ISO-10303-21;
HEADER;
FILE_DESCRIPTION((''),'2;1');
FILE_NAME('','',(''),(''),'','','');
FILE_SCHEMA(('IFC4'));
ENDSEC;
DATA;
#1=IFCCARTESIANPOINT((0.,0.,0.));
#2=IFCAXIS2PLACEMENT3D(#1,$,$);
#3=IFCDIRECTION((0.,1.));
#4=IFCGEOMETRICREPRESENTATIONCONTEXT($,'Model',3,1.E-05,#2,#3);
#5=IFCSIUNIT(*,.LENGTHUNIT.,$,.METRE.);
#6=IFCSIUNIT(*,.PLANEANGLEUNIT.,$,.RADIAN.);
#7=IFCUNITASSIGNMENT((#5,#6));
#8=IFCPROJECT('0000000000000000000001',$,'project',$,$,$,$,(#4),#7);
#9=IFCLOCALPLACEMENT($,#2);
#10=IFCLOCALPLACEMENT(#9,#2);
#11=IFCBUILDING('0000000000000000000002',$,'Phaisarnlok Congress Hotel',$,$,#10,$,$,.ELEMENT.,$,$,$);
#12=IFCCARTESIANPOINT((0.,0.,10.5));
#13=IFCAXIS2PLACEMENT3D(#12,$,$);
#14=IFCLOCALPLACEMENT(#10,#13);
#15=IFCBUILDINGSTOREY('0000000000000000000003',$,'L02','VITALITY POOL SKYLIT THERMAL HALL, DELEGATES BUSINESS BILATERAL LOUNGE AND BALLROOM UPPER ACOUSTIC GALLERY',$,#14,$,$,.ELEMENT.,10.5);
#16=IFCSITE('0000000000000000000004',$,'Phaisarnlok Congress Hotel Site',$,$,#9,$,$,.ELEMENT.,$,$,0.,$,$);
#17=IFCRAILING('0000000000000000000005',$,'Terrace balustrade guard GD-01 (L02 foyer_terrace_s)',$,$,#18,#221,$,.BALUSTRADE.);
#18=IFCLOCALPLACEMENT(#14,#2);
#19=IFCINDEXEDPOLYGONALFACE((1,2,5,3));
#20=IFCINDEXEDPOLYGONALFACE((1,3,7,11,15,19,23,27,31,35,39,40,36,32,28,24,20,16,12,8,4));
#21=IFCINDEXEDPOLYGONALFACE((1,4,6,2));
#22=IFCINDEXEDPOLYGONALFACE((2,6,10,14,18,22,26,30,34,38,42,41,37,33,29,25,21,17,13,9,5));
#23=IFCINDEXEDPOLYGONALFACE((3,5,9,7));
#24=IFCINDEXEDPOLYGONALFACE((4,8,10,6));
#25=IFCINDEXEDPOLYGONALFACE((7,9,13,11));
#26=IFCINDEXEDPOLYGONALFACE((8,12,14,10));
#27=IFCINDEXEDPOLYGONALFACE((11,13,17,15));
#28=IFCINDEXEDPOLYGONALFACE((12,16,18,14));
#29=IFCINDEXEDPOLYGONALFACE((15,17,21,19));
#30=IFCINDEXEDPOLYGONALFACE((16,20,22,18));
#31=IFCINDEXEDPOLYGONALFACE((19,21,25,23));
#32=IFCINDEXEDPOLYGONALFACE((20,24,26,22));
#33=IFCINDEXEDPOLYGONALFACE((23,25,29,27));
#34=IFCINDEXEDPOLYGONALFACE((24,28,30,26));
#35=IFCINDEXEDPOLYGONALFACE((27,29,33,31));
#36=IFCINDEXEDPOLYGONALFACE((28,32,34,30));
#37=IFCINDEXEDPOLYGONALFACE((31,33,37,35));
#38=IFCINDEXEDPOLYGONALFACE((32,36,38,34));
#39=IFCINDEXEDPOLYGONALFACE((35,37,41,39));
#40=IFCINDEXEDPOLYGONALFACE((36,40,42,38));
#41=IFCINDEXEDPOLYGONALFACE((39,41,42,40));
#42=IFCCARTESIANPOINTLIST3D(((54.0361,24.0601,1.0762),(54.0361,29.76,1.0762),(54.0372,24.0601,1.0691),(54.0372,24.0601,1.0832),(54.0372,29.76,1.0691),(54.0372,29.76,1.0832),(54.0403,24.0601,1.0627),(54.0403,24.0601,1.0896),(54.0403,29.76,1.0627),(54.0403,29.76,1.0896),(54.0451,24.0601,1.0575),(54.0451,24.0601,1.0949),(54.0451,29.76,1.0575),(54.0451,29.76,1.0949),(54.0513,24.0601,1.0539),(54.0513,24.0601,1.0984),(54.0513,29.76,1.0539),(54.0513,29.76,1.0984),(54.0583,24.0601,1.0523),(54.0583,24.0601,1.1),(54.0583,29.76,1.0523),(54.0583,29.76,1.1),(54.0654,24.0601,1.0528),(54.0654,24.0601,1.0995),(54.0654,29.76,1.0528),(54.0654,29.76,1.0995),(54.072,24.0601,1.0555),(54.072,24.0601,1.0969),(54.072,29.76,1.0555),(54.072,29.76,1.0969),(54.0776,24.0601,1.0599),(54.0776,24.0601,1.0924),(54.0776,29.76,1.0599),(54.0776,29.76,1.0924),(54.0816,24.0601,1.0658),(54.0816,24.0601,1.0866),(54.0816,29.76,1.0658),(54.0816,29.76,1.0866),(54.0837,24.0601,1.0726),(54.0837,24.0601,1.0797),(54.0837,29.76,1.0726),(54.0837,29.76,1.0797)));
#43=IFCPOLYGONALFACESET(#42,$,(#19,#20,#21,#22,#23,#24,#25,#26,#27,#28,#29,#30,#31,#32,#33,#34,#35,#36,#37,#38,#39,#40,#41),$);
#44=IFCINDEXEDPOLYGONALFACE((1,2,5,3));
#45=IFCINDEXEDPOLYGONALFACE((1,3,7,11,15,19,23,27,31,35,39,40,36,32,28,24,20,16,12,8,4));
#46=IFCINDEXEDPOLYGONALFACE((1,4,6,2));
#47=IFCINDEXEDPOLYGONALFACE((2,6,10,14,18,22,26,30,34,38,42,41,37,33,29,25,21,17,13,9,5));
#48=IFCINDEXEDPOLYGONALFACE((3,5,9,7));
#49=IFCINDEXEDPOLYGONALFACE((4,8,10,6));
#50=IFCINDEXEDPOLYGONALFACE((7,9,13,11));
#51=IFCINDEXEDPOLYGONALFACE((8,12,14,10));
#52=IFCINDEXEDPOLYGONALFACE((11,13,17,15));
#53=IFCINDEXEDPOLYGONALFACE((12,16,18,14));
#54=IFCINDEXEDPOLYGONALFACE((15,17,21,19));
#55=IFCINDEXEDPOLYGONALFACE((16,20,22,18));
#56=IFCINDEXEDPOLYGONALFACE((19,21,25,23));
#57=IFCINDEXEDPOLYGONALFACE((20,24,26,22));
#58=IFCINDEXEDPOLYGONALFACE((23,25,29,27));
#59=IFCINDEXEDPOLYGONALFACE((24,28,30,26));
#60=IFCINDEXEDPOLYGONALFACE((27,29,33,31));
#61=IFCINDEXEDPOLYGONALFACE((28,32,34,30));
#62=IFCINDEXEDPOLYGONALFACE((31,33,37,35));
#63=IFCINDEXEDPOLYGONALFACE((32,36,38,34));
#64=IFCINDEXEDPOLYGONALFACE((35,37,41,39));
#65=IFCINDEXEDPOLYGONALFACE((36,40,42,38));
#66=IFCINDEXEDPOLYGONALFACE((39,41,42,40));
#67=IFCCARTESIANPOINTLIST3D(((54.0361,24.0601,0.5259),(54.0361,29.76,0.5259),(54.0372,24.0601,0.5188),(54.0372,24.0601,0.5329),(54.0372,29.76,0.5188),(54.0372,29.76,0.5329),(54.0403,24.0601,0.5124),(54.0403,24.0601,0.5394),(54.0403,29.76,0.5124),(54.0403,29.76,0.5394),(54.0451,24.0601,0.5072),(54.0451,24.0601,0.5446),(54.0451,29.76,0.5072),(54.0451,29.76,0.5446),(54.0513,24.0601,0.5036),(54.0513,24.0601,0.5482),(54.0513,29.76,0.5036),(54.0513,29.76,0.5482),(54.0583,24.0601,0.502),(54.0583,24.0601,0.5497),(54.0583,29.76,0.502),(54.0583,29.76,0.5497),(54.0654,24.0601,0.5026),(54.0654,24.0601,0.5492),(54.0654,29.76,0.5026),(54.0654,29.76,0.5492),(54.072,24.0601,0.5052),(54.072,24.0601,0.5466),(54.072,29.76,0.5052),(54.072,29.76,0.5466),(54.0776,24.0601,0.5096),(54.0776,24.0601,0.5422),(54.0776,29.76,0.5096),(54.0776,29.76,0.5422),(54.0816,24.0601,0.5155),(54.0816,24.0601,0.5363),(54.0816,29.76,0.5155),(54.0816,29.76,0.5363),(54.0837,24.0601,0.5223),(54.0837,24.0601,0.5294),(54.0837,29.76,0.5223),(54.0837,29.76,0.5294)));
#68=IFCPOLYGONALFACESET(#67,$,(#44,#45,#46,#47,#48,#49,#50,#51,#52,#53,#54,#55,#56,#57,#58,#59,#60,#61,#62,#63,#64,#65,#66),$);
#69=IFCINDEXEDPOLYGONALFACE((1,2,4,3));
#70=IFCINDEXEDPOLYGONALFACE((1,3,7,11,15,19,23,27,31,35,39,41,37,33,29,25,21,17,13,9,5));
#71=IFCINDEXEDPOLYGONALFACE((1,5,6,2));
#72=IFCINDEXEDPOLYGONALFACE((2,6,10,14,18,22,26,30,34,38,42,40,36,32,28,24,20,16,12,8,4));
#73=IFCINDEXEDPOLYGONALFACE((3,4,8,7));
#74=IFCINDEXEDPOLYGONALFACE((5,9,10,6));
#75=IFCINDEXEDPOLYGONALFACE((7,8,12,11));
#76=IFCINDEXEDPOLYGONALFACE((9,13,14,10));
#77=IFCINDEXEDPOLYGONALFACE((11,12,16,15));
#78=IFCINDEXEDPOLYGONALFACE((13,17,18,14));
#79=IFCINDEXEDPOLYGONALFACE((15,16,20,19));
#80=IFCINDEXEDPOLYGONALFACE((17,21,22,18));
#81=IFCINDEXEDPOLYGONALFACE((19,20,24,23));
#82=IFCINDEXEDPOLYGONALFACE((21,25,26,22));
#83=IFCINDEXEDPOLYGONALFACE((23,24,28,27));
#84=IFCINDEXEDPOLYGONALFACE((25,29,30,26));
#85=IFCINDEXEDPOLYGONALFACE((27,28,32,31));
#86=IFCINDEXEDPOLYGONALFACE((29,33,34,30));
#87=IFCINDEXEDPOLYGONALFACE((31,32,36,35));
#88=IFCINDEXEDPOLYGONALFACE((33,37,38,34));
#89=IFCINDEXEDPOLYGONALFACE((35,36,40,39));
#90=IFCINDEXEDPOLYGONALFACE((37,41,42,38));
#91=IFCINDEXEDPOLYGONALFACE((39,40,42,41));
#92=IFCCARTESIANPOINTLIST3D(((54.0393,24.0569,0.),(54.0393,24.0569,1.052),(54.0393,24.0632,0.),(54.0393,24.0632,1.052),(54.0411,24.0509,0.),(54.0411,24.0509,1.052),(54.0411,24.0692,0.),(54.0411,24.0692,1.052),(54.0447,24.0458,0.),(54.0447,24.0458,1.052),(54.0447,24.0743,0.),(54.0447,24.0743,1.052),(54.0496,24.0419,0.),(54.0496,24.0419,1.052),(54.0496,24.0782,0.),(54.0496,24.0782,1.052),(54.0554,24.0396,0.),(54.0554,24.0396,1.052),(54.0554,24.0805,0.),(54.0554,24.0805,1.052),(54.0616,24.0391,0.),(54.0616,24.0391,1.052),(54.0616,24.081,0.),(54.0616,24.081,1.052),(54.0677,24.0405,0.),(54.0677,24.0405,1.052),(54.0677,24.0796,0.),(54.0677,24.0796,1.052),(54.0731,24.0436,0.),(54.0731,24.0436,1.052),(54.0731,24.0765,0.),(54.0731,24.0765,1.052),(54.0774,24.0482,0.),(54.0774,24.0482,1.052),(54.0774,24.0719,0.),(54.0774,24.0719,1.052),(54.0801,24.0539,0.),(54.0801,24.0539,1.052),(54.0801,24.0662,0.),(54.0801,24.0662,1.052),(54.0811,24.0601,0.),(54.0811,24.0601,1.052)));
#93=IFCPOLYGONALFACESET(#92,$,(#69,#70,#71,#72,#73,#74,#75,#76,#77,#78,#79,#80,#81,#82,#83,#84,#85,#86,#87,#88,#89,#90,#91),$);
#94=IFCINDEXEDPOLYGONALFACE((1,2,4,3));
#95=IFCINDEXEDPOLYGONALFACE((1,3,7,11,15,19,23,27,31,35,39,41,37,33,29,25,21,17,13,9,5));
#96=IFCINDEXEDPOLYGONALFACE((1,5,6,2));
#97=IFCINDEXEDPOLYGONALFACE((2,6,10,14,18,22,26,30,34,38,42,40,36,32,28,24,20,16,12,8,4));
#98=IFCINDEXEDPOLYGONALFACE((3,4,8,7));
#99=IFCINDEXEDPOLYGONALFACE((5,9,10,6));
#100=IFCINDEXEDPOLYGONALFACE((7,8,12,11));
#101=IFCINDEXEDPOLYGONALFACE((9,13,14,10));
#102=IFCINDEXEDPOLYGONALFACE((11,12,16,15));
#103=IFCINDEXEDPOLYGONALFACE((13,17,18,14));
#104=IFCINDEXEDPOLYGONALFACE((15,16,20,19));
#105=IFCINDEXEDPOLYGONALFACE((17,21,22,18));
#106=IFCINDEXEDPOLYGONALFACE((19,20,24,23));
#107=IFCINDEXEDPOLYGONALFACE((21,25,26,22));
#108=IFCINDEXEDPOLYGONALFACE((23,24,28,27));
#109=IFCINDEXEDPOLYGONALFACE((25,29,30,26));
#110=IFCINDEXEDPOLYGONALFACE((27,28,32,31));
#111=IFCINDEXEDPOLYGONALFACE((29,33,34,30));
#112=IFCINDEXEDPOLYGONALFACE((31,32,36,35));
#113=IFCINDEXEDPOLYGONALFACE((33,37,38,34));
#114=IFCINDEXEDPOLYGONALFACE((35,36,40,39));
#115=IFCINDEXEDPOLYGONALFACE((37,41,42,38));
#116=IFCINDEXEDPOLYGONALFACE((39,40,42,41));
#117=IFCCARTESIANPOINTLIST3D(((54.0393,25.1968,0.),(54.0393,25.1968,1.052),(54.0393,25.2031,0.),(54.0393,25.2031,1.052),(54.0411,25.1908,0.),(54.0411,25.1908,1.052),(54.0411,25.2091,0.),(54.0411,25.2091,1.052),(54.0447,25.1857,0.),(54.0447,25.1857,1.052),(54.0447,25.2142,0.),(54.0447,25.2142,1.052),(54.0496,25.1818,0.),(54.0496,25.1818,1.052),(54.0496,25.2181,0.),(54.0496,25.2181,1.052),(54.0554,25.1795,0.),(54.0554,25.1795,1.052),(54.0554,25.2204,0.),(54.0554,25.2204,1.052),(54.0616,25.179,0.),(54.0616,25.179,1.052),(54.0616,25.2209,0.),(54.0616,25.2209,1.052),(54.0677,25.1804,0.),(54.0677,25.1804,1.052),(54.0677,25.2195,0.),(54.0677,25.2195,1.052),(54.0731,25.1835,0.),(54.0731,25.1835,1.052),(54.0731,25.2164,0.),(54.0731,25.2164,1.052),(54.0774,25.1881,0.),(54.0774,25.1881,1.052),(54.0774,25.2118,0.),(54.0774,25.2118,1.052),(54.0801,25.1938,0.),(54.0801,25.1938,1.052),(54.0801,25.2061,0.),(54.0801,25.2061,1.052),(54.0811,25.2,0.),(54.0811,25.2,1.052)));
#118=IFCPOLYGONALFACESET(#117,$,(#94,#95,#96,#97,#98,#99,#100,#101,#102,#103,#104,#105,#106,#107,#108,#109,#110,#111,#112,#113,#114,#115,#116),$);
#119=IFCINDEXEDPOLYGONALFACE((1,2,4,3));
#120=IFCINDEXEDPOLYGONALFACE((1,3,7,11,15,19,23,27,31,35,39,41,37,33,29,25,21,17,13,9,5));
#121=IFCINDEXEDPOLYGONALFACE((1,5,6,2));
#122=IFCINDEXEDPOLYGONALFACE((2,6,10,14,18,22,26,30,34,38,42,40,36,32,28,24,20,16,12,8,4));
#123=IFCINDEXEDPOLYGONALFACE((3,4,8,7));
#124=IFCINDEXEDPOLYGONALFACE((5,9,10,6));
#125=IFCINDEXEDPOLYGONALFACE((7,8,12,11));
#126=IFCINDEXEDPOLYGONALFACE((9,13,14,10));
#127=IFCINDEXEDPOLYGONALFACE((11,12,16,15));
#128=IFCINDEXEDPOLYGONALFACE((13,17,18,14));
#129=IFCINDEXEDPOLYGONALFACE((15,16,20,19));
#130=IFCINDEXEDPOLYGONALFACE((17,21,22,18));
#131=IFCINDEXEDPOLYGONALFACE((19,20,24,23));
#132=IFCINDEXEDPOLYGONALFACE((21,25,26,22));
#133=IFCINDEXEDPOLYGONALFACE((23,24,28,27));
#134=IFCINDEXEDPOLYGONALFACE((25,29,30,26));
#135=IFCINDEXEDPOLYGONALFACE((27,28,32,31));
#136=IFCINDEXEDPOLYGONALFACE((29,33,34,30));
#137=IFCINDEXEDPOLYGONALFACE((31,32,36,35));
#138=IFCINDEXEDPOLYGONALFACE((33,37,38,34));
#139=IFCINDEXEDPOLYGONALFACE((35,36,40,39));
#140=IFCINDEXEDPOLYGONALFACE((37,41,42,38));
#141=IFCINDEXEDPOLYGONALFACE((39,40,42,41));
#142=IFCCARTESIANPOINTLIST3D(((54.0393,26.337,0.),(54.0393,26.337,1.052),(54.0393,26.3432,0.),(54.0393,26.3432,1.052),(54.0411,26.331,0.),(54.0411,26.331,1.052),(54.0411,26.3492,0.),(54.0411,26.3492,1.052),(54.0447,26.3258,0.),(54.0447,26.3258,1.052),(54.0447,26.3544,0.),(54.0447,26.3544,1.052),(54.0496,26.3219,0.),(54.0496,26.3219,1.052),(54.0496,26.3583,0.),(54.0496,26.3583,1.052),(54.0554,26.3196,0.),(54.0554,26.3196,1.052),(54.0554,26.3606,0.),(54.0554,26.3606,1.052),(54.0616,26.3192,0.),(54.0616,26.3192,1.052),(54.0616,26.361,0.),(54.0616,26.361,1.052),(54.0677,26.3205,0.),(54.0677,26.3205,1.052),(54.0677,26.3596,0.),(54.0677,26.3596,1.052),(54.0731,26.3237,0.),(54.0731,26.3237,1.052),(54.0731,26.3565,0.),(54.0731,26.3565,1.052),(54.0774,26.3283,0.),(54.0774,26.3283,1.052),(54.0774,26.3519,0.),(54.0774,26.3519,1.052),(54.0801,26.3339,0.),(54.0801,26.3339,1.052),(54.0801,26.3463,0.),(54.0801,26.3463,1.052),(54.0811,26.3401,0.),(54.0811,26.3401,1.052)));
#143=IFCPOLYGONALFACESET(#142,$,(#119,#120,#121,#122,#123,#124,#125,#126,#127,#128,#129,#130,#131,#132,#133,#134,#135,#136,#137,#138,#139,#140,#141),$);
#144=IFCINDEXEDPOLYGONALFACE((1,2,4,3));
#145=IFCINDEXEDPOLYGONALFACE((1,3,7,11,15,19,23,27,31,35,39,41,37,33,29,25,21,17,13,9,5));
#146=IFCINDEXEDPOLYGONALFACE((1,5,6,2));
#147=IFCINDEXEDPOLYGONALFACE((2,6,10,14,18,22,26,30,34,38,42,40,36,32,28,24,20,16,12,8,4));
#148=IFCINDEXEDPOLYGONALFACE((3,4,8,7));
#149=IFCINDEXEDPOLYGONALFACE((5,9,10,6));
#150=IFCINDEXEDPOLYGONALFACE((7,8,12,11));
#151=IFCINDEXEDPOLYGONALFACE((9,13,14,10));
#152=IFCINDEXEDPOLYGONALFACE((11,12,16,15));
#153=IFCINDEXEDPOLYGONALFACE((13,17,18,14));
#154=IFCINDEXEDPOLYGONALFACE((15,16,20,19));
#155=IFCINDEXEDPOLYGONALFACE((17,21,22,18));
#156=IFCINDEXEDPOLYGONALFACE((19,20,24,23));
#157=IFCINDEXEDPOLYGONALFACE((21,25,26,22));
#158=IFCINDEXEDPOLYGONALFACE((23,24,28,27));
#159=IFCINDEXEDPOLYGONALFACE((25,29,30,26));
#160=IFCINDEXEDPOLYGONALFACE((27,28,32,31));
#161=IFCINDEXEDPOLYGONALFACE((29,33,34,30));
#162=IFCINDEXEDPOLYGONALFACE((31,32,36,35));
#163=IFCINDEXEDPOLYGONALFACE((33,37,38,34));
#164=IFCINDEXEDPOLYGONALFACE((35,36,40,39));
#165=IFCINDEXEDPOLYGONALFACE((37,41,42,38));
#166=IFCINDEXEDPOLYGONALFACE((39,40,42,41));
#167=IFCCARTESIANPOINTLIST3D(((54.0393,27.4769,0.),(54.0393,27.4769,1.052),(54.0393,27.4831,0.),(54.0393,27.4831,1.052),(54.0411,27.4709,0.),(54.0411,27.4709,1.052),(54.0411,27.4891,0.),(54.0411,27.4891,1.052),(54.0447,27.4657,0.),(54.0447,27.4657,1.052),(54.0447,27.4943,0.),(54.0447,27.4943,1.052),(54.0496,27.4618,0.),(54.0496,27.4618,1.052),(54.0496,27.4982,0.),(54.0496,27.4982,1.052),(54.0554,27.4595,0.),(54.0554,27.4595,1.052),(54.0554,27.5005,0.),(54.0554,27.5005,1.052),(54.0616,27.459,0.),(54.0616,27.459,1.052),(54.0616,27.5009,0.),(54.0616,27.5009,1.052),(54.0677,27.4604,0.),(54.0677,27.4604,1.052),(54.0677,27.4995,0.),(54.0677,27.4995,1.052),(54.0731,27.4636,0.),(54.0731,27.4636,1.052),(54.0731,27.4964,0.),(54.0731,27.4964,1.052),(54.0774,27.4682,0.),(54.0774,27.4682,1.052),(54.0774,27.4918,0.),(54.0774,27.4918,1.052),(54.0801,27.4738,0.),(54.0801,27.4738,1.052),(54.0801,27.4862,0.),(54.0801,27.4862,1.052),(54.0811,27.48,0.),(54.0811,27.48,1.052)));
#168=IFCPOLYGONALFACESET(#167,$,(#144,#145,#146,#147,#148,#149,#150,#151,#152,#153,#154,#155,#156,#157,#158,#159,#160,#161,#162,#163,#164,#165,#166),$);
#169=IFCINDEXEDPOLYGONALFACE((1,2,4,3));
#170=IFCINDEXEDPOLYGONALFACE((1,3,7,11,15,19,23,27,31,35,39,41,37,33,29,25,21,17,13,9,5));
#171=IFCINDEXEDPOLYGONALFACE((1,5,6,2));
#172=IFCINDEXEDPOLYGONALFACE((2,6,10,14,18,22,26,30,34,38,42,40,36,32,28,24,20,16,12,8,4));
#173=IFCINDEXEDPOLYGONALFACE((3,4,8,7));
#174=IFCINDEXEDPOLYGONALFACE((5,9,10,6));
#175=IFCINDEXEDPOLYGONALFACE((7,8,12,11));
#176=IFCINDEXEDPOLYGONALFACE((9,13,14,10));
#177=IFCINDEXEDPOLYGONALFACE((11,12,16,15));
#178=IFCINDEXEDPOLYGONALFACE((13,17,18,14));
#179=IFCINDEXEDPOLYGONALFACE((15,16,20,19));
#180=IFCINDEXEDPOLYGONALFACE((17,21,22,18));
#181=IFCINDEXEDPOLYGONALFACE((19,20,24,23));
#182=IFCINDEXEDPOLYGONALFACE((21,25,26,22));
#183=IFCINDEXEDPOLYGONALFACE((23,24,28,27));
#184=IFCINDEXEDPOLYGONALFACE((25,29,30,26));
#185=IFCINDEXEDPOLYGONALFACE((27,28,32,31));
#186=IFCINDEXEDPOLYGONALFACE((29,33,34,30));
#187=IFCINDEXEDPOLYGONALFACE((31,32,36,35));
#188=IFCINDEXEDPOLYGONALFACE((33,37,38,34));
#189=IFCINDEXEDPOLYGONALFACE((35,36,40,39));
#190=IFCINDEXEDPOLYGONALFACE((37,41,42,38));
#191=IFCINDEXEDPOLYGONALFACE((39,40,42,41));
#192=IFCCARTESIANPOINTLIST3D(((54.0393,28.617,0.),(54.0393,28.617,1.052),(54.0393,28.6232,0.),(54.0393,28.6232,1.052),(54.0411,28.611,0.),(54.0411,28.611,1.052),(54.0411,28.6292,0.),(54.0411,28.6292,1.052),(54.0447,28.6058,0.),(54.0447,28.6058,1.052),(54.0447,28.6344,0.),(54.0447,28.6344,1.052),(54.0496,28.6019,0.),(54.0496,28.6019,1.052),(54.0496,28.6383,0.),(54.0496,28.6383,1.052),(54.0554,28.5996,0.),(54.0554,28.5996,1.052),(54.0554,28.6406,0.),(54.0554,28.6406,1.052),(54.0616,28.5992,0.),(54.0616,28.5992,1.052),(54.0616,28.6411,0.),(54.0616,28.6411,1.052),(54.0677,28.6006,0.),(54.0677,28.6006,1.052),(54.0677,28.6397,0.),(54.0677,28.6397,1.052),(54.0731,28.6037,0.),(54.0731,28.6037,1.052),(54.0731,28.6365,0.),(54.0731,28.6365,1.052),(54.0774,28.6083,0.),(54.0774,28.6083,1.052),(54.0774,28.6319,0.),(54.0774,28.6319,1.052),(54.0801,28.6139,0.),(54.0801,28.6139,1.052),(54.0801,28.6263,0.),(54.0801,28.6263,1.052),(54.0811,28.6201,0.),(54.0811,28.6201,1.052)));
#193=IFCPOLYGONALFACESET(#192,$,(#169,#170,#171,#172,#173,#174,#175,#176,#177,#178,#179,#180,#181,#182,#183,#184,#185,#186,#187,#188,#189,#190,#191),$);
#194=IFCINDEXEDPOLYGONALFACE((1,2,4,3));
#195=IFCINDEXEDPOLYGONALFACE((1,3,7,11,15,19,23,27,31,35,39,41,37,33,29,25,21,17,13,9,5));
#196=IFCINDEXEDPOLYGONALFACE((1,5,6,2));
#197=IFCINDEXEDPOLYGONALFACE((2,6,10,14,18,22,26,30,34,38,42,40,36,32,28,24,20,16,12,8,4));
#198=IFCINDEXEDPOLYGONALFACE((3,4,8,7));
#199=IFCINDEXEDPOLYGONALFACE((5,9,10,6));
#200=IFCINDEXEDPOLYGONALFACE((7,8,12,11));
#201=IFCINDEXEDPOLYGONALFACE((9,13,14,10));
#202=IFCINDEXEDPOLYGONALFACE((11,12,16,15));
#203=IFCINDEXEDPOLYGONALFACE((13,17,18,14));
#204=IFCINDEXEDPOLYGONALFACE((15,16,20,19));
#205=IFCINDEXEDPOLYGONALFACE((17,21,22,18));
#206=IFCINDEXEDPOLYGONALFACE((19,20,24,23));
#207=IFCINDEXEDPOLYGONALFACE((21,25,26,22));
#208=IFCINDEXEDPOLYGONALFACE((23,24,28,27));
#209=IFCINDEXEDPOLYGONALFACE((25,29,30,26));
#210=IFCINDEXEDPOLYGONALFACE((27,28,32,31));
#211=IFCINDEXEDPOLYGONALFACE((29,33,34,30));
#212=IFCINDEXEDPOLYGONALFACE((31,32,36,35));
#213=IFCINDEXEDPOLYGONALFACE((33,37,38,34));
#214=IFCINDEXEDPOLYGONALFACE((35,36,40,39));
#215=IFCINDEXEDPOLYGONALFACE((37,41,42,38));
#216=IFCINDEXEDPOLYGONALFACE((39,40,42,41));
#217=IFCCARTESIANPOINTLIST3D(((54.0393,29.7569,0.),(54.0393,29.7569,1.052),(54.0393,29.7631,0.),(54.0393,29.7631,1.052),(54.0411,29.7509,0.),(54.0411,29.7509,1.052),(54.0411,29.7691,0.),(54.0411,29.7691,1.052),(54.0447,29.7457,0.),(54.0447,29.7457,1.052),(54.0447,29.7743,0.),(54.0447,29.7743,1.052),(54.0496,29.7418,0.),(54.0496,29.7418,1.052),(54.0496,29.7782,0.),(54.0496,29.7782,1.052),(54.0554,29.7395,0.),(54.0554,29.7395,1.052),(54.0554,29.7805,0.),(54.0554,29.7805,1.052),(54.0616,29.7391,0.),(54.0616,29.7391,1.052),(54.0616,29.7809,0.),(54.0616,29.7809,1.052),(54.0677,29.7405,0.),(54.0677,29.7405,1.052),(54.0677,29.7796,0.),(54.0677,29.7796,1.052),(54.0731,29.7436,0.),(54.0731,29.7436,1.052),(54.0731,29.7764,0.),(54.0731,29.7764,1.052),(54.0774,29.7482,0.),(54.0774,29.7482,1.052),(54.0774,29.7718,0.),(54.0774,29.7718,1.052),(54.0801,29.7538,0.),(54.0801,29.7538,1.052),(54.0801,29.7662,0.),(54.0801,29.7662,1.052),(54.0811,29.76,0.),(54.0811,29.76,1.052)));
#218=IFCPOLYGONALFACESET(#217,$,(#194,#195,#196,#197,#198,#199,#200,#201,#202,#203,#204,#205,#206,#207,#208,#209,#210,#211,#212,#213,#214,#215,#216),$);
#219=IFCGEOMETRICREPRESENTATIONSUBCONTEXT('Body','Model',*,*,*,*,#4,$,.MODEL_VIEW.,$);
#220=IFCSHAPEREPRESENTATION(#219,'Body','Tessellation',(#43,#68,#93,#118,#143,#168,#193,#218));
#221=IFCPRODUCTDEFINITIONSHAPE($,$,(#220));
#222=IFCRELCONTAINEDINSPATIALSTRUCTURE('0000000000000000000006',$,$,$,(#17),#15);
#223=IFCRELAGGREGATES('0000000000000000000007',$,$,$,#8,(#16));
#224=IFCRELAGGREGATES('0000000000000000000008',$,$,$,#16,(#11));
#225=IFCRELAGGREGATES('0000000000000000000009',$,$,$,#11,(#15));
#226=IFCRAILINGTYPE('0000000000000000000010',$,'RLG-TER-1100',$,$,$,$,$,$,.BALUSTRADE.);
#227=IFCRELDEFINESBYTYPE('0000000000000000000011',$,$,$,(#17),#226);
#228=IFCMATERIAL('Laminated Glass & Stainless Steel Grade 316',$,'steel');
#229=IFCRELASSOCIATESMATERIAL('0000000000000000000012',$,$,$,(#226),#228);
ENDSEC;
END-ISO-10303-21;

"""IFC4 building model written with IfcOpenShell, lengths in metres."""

from ifc_helpers import new_model, si_unit, direction, frame, origin, origin_2d, place, context, subcontext, project, spatial, circle, extrude, material, type_object, element, save


model = new_model("IFC4")

# Units and contexts
model_context = context("Model", 3, precision=1e-05, world=origin(), true_north=direction((0.0, 1.0)))
body_context = subcontext(model_context, "Body", "Model", "MODEL_VIEW")
ifc_project = project(units=[si_unit("LENGTHUNIT", "METRE"), si_unit("PLANEANGLEUNIT", "RADIAN")], contexts=[model_context])

# Site, building, storey
site_placement = place(None, origin())
site = spatial("IfcSite", under=ifc_project, at=site_placement, Name="Phaisarnlok Congress Hotel Site", CompositionType="ELEMENT", RefElevation=0.0)
building_placement = place(site_placement, origin())
building = spatial("IfcBuilding", under=site, at=building_placement, Name="Phaisarnlok Congress Hotel", CompositionType="ELEMENT")
storey_placement = place(building_placement, frame((0.0, 0.0, 10.5)))
storey = spatial("IfcBuildingStorey", under=building, at=storey_placement, Name="L02", Description="VITALITY POOL SKYLIT THERMAL HALL, DELEGATES BUSINESS BILATERAL LOUNGE AND BALLROOM UPPER ACOUSTIC GALLERY", CompositionType="ELEMENT", Elevation=10.5)

# Railing
ifc_material_1 = material(Name="Laminated Glass & Stainless Steel Grade 316", Category="steel")
railing_type = type_object("IfcRailingType", Name="RLG-TER-1100", PredefinedType="BALUSTRADE", material=ifc_material_1)
railing_placement = place(storey_placement, frame((54.0601, 24.0601, 0.0)))
element("IfcRailing", 1, at=railing_placement, inside=storey, type_object=railing_type, Name="Terrace balustrade guard GD-01 (L02 foyer_terrace_s)", PredefinedType="BALUSTRADE", context=body_context, shape_type="SweptSolid", body=[
    extrude(circle(Radius=0.0239, at=origin_2d()), frame((0.0, 0.0, 1.0762), z_axis=(0.0, 1.0, 0.0), x_axis=(-1.0, 0.0, 0.0)), (0.0, 0.0, 1.0), 5.7),
    extrude(circle(Radius=0.0239, at=origin_2d()), frame((0.0, 0.0, 0.5259), z_axis=(0.0, 1.0, 0.0), x_axis=(-1.0, 0.0, 0.0)), (0.0, 0.0, 1.0), 5.7),
    extrude(circle(Radius=0.021, at=origin_2d()), origin(), (0.0, 0.0, 1.0), 1.052),
    extrude(circle(Radius=0.021, at=origin_2d()), frame((0.0, 1.1399, 0.0)), (0.0, 0.0, 1.0), 1.052),
    extrude(circle(Radius=0.021, at=origin_2d()), frame((0.0, 2.28, 0.0)), (0.0, 0.0, 1.0), 1.052),
    extrude(circle(Radius=0.021, at=origin_2d()), frame((0.0, 3.4199, 0.0)), (0.0, 0.0, 1.0), 1.052),
    extrude(circle(Radius=0.021, at=origin_2d()), frame((0.0, 4.5601, 0.0)), (0.0, 0.0, 1.0), 1.052),
    extrude(circle(Radius=0.021, at=origin_2d()), frame((0.0, 5.7, 0.0)), (0.0, 0.0, 1.0), 1.052),
])

save(model, "model.ifc")
